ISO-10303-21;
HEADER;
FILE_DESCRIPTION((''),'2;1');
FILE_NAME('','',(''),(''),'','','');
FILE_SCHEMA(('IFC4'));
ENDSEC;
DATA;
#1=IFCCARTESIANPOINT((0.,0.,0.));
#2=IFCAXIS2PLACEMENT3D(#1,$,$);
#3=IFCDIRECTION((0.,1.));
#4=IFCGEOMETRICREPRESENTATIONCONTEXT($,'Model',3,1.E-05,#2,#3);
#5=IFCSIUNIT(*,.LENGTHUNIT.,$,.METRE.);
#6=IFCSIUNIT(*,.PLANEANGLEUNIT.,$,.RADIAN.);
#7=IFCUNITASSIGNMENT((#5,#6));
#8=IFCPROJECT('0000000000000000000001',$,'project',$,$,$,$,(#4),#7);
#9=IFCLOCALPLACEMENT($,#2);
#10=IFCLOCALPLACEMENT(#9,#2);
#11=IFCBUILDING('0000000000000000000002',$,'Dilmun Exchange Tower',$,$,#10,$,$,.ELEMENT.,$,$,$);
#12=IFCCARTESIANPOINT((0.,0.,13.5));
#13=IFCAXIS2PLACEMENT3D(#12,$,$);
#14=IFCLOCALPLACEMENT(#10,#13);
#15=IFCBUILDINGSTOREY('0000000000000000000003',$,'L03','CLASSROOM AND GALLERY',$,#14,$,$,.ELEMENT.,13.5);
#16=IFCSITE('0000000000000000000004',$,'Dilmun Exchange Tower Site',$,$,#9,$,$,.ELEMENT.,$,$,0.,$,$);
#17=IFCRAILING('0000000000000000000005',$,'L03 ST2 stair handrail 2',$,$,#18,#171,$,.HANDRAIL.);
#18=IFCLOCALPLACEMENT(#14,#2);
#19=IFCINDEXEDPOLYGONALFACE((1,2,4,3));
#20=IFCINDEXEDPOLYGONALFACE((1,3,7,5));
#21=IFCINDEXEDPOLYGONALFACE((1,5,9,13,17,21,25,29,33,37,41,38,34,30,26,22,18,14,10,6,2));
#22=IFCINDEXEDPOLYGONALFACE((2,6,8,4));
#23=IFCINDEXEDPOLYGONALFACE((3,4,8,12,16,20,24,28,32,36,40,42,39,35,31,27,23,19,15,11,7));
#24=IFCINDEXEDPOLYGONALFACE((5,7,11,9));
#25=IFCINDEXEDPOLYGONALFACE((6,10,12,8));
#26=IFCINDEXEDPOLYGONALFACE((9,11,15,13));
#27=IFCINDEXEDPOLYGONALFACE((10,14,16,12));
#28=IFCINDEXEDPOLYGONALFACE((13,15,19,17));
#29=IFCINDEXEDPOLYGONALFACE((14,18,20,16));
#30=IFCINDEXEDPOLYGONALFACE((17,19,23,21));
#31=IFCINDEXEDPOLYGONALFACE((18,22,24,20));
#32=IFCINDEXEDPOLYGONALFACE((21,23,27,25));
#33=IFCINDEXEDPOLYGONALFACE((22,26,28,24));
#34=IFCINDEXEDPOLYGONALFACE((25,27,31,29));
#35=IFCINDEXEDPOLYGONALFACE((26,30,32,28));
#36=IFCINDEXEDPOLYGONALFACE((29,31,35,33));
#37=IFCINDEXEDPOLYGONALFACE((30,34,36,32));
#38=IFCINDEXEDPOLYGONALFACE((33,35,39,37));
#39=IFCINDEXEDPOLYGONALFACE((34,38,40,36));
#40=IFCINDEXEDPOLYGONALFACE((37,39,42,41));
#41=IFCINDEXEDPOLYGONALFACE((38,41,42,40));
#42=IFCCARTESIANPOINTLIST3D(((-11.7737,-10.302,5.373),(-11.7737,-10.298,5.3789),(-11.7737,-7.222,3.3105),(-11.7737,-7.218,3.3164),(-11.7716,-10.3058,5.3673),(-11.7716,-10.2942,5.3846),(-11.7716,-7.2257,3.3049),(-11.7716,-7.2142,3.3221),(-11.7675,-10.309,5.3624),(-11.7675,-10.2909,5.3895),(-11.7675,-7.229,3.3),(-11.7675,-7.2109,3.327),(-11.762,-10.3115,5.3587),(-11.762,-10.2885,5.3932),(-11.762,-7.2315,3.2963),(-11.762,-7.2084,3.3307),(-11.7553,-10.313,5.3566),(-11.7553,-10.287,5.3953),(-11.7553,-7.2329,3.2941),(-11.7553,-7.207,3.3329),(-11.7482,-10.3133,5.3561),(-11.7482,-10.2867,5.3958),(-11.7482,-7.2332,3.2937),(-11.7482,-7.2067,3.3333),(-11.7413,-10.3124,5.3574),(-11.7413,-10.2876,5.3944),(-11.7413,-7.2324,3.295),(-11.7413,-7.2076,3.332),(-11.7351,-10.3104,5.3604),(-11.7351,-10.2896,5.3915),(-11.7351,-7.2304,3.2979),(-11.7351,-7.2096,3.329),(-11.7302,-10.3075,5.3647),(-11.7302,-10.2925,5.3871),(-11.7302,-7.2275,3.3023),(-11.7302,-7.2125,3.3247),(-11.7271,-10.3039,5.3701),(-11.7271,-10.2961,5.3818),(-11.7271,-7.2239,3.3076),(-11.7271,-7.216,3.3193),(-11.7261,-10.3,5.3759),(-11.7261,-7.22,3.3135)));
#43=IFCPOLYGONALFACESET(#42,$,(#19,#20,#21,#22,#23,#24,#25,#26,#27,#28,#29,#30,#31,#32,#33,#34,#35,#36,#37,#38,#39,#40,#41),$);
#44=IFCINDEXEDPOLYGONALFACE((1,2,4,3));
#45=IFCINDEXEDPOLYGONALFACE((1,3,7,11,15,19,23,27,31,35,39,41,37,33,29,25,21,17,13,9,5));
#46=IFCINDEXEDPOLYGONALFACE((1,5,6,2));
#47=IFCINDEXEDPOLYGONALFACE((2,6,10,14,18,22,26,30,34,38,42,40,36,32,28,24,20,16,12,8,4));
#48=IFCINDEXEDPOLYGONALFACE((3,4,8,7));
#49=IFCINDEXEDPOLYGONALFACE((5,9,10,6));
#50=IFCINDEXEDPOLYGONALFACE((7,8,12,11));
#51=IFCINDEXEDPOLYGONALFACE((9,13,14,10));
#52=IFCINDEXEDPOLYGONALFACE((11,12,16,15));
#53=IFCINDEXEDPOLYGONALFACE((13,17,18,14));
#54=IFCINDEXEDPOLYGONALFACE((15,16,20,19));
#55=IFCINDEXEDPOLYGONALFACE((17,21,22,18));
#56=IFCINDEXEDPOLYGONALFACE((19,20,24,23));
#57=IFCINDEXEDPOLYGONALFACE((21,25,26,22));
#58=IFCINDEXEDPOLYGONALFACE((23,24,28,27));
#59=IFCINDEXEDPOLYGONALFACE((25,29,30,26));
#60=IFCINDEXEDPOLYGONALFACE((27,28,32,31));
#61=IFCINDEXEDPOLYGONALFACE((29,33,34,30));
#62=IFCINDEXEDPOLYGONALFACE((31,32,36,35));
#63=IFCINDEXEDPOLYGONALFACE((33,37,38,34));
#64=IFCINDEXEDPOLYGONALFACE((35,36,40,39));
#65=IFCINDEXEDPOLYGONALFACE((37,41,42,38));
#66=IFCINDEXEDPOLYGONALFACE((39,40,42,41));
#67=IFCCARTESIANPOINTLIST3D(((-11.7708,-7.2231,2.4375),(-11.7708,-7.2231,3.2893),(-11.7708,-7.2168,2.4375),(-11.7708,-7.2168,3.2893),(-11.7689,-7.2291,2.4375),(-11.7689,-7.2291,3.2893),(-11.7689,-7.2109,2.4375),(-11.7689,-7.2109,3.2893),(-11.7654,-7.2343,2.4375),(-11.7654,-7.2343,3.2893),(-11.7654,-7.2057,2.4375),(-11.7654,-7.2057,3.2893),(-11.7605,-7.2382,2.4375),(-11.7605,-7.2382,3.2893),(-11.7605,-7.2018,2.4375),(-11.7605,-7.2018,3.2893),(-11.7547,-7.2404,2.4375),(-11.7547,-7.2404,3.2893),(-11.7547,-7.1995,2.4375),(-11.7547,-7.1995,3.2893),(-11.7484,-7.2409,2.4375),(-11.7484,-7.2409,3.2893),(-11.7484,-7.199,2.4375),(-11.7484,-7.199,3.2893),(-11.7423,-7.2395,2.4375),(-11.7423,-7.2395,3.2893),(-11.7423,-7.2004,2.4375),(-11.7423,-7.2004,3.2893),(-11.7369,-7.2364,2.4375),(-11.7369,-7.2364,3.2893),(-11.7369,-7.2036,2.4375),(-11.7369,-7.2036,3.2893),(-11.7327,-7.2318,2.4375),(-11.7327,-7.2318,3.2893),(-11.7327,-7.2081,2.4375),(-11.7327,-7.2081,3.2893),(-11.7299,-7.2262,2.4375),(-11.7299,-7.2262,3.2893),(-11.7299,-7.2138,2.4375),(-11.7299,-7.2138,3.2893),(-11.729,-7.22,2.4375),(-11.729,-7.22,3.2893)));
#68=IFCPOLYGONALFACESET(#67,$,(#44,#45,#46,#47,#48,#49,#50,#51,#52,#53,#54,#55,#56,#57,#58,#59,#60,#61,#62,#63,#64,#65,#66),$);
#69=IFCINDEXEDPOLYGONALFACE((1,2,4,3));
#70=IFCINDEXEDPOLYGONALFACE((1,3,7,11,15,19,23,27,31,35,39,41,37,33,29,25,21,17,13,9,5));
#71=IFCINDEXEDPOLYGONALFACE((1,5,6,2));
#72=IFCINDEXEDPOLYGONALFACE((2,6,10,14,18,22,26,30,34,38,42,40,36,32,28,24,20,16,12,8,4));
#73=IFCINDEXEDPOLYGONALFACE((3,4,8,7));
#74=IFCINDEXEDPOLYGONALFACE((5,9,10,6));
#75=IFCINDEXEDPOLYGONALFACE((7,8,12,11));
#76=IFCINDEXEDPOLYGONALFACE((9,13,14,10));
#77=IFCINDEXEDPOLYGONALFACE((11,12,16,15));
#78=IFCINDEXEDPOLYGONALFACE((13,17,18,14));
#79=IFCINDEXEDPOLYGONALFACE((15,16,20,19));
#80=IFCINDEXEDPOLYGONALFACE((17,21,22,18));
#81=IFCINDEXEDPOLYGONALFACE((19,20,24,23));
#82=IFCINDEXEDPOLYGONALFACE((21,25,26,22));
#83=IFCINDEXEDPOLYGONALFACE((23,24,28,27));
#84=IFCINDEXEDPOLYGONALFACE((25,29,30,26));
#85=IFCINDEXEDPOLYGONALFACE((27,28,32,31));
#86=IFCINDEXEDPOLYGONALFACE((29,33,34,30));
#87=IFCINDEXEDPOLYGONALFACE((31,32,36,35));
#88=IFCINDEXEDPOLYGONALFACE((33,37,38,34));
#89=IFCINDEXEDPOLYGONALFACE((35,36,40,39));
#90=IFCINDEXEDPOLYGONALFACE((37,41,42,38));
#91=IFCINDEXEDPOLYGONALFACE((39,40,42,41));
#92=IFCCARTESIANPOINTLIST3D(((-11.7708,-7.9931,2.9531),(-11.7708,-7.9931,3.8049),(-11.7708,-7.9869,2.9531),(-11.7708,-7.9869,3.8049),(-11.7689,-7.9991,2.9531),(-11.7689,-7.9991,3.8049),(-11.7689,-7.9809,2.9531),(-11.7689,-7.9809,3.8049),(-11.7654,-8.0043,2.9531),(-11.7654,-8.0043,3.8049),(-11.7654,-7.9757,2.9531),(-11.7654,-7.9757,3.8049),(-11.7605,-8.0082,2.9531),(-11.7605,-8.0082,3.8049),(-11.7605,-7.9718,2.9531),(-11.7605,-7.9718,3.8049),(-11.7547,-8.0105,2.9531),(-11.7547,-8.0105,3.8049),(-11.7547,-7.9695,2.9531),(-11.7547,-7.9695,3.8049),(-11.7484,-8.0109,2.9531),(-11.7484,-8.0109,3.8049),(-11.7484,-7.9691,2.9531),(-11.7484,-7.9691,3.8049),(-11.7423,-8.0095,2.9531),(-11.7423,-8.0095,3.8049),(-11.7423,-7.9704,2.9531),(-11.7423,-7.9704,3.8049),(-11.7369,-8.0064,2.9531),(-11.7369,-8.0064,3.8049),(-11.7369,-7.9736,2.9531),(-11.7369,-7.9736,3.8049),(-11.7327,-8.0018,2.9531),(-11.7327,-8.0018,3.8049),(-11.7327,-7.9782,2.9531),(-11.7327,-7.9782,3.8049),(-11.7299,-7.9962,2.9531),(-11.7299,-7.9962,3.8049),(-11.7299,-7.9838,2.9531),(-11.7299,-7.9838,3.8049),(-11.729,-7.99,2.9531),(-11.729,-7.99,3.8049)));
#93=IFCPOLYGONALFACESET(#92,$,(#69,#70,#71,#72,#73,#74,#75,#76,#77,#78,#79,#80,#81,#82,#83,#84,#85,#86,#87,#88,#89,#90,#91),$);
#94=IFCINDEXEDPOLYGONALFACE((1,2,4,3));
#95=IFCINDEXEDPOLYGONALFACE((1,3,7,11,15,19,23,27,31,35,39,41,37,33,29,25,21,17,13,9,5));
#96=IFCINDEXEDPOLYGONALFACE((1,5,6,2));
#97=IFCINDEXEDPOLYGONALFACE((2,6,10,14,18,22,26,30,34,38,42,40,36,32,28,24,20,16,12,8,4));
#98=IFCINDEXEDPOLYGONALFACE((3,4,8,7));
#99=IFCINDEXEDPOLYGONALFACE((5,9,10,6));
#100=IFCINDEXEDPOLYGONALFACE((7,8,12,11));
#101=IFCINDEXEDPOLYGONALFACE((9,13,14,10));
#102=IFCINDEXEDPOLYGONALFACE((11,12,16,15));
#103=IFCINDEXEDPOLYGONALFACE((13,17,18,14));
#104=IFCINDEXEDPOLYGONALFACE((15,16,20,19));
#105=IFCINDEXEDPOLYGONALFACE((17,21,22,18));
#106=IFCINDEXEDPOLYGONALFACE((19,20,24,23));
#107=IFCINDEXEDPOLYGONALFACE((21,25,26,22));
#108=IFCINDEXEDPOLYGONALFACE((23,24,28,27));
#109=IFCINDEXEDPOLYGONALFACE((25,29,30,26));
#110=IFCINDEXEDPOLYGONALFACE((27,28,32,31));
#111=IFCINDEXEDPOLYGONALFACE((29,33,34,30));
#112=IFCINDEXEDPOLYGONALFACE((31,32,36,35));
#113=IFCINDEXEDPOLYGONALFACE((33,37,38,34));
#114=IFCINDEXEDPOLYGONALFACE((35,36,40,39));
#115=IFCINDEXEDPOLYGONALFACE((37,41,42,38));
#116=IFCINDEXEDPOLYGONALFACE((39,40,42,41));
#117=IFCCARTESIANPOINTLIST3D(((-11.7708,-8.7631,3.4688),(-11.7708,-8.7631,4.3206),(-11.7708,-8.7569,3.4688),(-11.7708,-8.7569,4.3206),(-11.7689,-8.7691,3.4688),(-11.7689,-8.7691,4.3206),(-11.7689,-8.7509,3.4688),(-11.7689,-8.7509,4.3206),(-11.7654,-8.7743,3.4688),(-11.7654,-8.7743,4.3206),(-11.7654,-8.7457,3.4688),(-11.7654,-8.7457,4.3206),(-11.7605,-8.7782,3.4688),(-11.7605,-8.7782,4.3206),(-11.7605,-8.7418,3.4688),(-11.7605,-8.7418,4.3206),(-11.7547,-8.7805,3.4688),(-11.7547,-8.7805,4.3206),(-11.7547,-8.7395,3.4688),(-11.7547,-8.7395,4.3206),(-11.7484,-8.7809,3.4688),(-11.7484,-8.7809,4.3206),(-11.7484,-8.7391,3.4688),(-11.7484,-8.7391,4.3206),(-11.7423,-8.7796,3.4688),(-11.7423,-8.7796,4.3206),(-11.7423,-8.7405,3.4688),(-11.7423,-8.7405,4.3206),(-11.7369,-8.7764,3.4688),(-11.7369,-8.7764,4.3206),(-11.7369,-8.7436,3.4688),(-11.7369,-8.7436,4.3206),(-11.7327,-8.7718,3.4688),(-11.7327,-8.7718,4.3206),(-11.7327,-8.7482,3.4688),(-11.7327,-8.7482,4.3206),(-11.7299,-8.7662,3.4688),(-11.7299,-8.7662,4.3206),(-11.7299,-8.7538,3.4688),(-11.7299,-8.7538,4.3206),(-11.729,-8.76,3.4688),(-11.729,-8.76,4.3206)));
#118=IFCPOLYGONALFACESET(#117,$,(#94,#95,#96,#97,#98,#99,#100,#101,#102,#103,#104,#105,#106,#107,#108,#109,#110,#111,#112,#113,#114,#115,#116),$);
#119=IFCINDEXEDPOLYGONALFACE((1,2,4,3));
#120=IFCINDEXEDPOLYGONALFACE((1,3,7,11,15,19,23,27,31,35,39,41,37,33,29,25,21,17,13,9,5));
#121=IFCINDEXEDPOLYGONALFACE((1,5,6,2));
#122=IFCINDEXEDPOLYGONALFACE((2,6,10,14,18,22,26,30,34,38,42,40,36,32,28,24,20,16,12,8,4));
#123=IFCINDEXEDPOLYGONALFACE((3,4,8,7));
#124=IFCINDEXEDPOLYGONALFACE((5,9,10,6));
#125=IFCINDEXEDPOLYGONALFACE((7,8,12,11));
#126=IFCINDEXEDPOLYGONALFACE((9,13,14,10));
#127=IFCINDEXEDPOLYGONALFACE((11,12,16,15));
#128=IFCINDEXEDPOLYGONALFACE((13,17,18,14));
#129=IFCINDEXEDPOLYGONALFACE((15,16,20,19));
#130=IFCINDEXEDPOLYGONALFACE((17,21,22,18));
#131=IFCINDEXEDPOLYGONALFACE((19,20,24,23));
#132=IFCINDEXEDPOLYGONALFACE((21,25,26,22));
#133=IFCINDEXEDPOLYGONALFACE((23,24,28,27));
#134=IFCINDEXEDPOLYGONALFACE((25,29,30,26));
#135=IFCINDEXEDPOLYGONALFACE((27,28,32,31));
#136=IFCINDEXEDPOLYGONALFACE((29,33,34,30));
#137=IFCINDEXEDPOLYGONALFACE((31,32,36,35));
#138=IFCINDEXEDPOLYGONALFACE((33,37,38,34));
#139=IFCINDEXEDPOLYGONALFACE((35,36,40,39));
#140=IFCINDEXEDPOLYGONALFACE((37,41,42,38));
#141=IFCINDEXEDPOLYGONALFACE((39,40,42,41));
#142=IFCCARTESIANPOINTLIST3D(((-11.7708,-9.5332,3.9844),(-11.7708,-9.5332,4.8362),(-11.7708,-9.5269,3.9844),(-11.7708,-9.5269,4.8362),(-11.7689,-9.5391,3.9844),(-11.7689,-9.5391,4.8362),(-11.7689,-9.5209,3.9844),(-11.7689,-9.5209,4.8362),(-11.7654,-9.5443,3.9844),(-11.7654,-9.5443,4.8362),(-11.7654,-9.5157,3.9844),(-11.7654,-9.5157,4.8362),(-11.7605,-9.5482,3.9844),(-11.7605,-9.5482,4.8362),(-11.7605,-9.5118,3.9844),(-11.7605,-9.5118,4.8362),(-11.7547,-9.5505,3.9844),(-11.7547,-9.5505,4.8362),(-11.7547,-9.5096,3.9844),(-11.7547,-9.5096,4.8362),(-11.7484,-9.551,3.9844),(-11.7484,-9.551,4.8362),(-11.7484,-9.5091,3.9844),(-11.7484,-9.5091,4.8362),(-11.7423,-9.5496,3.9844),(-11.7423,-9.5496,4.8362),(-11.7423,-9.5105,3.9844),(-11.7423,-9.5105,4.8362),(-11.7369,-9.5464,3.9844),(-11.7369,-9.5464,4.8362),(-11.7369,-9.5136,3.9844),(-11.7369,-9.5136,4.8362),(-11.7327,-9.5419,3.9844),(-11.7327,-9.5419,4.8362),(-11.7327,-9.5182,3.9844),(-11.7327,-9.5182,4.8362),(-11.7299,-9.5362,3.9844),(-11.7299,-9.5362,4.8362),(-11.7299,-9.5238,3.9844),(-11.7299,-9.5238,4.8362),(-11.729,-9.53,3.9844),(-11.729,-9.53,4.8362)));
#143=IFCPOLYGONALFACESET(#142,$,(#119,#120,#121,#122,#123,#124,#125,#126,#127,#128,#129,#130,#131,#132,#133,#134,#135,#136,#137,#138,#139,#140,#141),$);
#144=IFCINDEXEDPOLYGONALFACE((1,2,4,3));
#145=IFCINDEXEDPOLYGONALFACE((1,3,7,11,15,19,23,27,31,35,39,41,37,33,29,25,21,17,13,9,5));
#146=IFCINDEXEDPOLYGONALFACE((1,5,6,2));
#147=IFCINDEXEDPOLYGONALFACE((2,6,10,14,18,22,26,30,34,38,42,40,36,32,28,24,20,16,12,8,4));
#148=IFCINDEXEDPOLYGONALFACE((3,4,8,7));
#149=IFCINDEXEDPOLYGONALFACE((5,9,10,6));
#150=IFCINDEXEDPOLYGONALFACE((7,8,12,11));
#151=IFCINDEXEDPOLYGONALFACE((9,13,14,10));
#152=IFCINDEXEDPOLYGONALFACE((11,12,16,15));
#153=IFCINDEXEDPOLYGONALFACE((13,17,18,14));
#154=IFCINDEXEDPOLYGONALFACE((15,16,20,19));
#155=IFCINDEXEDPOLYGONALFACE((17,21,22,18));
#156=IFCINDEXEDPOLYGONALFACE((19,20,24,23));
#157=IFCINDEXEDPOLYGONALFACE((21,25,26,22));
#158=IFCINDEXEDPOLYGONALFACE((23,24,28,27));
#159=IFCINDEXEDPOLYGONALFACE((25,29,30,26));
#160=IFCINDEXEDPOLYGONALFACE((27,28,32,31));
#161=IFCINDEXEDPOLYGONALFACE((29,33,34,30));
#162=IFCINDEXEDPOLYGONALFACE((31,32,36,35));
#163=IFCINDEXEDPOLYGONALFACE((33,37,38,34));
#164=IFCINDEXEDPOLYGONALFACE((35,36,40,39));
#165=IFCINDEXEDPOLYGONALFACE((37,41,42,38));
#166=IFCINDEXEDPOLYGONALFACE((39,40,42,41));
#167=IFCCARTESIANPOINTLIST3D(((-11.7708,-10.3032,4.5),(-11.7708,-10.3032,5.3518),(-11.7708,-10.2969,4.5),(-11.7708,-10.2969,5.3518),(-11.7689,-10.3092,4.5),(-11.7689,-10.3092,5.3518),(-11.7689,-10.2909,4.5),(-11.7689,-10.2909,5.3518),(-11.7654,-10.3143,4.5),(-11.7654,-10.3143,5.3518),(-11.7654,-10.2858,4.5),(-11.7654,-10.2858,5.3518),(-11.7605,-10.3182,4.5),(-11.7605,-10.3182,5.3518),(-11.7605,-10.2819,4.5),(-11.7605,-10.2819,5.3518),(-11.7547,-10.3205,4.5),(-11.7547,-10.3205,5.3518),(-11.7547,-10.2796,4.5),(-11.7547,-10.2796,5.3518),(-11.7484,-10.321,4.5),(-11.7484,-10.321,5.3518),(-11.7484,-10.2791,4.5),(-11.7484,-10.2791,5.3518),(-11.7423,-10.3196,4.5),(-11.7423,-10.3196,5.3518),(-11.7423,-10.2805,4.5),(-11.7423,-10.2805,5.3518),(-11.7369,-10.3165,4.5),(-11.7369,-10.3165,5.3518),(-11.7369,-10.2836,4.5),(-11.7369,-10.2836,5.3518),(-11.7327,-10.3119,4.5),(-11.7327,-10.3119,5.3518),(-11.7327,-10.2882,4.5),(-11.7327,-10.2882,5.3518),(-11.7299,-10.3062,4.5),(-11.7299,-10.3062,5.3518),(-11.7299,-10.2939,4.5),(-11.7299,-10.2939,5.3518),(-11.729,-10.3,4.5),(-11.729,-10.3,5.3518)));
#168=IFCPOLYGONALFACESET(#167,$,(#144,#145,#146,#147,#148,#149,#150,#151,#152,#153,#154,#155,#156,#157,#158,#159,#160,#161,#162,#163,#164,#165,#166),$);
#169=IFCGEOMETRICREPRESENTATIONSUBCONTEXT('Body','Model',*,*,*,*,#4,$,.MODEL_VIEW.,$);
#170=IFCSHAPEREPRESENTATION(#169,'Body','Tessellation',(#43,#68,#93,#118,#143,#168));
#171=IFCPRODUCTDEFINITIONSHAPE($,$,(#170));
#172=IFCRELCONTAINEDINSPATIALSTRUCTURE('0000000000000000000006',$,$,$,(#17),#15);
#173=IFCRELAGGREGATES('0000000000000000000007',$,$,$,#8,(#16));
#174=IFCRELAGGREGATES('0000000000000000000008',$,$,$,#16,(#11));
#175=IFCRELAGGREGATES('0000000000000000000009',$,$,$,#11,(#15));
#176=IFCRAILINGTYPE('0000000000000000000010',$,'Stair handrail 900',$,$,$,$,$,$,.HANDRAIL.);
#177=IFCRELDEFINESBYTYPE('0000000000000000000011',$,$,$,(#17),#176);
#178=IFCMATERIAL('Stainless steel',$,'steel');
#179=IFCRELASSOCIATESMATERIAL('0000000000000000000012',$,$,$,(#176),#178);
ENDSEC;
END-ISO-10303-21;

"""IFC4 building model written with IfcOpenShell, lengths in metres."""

from ifc_helpers import new_model, si_unit, direction, frame, origin, origin_2d, place, context, subcontext, project, spatial, circle, extrude, material, type_object, element, save


model = new_model("IFC4")

# Units and contexts
model_context = context("Model", 3, precision=1e-05, world=origin(), true_north=direction((0.0, 1.0)))
body_context = subcontext(model_context, "Body", "Model", "MODEL_VIEW")
ifc_project = project(units=[si_unit("LENGTHUNIT", "METRE"), si_unit("PLANEANGLEUNIT", "RADIAN")], contexts=[model_context])

# Site, building, storey
site_placement = place(None, origin())
site = spatial("IfcSite", under=ifc_project, at=site_placement, Name="Dilmun Exchange Tower Site", CompositionType="ELEMENT", RefElevation=0.0)
building_placement = place(site_placement, origin())
building = spatial("IfcBuilding", under=site, at=building_placement, Name="Dilmun Exchange Tower", CompositionType="ELEMENT")
storey_placement = place(building_placement, frame((0.0, 0.0, 13.5)))
storey = spatial("IfcBuildingStorey", under=building, at=storey_placement, Name="L03", Description="CLASSROOM AND GALLERY", CompositionType="ELEMENT", Elevation=13.5)

# Railing
ifc_material_1 = material(Name="Stainless steel", Category="steel")
railing_type = type_object("IfcRailingType", Name="Stair handrail 900", PredefinedType="HANDRAIL", material=ifc_material_1)
railing_1_placement = place(storey_placement, frame((-11.75, -7.22, 2.4375)))
element("IfcRailing", 1, at=railing_1_placement, inside=storey, type_object=railing_type, Name="L03 ST2 stair handrail 2", PredefinedType="HANDRAIL", context=body_context, shape_type="SweptSolid", body=[
    extrude(circle(Radius=0.0239, at=origin_2d()), frame((0.0, 0.0, 0.876), z_axis=(0.0, -0.830914, 0.556401), x_axis=(1.0, 0.0, 0.0)), (0.0, 0.0, 1.0), 3.7068),
    extrude(circle(Radius=0.021, at=origin_2d()), origin(), (0.0, 0.0, 1.0), 0.8518),
    extrude(circle(Radius=0.021, at=origin_2d()), frame((0.0, -0.77, 0.5156)), (0.0, 0.0, 1.0), 0.8518),
    extrude(circle(Radius=0.021, at=origin_2d()), frame((0.0, -1.54, 1.0312)), (0.0, 0.0, 1.0), 0.8518),
    extrude(circle(Radius=0.021, at=origin_2d()), frame((0.0, -2.3101, 1.5469)), (0.0, 0.0, 1.0), 0.8518),
    extrude(circle(Radius=0.021, at=origin_2d()), frame((0.0, -3.0801, 2.0625)), (0.0, 0.0, 1.0), 0.8518),
])

save(model, "model.ifc")
